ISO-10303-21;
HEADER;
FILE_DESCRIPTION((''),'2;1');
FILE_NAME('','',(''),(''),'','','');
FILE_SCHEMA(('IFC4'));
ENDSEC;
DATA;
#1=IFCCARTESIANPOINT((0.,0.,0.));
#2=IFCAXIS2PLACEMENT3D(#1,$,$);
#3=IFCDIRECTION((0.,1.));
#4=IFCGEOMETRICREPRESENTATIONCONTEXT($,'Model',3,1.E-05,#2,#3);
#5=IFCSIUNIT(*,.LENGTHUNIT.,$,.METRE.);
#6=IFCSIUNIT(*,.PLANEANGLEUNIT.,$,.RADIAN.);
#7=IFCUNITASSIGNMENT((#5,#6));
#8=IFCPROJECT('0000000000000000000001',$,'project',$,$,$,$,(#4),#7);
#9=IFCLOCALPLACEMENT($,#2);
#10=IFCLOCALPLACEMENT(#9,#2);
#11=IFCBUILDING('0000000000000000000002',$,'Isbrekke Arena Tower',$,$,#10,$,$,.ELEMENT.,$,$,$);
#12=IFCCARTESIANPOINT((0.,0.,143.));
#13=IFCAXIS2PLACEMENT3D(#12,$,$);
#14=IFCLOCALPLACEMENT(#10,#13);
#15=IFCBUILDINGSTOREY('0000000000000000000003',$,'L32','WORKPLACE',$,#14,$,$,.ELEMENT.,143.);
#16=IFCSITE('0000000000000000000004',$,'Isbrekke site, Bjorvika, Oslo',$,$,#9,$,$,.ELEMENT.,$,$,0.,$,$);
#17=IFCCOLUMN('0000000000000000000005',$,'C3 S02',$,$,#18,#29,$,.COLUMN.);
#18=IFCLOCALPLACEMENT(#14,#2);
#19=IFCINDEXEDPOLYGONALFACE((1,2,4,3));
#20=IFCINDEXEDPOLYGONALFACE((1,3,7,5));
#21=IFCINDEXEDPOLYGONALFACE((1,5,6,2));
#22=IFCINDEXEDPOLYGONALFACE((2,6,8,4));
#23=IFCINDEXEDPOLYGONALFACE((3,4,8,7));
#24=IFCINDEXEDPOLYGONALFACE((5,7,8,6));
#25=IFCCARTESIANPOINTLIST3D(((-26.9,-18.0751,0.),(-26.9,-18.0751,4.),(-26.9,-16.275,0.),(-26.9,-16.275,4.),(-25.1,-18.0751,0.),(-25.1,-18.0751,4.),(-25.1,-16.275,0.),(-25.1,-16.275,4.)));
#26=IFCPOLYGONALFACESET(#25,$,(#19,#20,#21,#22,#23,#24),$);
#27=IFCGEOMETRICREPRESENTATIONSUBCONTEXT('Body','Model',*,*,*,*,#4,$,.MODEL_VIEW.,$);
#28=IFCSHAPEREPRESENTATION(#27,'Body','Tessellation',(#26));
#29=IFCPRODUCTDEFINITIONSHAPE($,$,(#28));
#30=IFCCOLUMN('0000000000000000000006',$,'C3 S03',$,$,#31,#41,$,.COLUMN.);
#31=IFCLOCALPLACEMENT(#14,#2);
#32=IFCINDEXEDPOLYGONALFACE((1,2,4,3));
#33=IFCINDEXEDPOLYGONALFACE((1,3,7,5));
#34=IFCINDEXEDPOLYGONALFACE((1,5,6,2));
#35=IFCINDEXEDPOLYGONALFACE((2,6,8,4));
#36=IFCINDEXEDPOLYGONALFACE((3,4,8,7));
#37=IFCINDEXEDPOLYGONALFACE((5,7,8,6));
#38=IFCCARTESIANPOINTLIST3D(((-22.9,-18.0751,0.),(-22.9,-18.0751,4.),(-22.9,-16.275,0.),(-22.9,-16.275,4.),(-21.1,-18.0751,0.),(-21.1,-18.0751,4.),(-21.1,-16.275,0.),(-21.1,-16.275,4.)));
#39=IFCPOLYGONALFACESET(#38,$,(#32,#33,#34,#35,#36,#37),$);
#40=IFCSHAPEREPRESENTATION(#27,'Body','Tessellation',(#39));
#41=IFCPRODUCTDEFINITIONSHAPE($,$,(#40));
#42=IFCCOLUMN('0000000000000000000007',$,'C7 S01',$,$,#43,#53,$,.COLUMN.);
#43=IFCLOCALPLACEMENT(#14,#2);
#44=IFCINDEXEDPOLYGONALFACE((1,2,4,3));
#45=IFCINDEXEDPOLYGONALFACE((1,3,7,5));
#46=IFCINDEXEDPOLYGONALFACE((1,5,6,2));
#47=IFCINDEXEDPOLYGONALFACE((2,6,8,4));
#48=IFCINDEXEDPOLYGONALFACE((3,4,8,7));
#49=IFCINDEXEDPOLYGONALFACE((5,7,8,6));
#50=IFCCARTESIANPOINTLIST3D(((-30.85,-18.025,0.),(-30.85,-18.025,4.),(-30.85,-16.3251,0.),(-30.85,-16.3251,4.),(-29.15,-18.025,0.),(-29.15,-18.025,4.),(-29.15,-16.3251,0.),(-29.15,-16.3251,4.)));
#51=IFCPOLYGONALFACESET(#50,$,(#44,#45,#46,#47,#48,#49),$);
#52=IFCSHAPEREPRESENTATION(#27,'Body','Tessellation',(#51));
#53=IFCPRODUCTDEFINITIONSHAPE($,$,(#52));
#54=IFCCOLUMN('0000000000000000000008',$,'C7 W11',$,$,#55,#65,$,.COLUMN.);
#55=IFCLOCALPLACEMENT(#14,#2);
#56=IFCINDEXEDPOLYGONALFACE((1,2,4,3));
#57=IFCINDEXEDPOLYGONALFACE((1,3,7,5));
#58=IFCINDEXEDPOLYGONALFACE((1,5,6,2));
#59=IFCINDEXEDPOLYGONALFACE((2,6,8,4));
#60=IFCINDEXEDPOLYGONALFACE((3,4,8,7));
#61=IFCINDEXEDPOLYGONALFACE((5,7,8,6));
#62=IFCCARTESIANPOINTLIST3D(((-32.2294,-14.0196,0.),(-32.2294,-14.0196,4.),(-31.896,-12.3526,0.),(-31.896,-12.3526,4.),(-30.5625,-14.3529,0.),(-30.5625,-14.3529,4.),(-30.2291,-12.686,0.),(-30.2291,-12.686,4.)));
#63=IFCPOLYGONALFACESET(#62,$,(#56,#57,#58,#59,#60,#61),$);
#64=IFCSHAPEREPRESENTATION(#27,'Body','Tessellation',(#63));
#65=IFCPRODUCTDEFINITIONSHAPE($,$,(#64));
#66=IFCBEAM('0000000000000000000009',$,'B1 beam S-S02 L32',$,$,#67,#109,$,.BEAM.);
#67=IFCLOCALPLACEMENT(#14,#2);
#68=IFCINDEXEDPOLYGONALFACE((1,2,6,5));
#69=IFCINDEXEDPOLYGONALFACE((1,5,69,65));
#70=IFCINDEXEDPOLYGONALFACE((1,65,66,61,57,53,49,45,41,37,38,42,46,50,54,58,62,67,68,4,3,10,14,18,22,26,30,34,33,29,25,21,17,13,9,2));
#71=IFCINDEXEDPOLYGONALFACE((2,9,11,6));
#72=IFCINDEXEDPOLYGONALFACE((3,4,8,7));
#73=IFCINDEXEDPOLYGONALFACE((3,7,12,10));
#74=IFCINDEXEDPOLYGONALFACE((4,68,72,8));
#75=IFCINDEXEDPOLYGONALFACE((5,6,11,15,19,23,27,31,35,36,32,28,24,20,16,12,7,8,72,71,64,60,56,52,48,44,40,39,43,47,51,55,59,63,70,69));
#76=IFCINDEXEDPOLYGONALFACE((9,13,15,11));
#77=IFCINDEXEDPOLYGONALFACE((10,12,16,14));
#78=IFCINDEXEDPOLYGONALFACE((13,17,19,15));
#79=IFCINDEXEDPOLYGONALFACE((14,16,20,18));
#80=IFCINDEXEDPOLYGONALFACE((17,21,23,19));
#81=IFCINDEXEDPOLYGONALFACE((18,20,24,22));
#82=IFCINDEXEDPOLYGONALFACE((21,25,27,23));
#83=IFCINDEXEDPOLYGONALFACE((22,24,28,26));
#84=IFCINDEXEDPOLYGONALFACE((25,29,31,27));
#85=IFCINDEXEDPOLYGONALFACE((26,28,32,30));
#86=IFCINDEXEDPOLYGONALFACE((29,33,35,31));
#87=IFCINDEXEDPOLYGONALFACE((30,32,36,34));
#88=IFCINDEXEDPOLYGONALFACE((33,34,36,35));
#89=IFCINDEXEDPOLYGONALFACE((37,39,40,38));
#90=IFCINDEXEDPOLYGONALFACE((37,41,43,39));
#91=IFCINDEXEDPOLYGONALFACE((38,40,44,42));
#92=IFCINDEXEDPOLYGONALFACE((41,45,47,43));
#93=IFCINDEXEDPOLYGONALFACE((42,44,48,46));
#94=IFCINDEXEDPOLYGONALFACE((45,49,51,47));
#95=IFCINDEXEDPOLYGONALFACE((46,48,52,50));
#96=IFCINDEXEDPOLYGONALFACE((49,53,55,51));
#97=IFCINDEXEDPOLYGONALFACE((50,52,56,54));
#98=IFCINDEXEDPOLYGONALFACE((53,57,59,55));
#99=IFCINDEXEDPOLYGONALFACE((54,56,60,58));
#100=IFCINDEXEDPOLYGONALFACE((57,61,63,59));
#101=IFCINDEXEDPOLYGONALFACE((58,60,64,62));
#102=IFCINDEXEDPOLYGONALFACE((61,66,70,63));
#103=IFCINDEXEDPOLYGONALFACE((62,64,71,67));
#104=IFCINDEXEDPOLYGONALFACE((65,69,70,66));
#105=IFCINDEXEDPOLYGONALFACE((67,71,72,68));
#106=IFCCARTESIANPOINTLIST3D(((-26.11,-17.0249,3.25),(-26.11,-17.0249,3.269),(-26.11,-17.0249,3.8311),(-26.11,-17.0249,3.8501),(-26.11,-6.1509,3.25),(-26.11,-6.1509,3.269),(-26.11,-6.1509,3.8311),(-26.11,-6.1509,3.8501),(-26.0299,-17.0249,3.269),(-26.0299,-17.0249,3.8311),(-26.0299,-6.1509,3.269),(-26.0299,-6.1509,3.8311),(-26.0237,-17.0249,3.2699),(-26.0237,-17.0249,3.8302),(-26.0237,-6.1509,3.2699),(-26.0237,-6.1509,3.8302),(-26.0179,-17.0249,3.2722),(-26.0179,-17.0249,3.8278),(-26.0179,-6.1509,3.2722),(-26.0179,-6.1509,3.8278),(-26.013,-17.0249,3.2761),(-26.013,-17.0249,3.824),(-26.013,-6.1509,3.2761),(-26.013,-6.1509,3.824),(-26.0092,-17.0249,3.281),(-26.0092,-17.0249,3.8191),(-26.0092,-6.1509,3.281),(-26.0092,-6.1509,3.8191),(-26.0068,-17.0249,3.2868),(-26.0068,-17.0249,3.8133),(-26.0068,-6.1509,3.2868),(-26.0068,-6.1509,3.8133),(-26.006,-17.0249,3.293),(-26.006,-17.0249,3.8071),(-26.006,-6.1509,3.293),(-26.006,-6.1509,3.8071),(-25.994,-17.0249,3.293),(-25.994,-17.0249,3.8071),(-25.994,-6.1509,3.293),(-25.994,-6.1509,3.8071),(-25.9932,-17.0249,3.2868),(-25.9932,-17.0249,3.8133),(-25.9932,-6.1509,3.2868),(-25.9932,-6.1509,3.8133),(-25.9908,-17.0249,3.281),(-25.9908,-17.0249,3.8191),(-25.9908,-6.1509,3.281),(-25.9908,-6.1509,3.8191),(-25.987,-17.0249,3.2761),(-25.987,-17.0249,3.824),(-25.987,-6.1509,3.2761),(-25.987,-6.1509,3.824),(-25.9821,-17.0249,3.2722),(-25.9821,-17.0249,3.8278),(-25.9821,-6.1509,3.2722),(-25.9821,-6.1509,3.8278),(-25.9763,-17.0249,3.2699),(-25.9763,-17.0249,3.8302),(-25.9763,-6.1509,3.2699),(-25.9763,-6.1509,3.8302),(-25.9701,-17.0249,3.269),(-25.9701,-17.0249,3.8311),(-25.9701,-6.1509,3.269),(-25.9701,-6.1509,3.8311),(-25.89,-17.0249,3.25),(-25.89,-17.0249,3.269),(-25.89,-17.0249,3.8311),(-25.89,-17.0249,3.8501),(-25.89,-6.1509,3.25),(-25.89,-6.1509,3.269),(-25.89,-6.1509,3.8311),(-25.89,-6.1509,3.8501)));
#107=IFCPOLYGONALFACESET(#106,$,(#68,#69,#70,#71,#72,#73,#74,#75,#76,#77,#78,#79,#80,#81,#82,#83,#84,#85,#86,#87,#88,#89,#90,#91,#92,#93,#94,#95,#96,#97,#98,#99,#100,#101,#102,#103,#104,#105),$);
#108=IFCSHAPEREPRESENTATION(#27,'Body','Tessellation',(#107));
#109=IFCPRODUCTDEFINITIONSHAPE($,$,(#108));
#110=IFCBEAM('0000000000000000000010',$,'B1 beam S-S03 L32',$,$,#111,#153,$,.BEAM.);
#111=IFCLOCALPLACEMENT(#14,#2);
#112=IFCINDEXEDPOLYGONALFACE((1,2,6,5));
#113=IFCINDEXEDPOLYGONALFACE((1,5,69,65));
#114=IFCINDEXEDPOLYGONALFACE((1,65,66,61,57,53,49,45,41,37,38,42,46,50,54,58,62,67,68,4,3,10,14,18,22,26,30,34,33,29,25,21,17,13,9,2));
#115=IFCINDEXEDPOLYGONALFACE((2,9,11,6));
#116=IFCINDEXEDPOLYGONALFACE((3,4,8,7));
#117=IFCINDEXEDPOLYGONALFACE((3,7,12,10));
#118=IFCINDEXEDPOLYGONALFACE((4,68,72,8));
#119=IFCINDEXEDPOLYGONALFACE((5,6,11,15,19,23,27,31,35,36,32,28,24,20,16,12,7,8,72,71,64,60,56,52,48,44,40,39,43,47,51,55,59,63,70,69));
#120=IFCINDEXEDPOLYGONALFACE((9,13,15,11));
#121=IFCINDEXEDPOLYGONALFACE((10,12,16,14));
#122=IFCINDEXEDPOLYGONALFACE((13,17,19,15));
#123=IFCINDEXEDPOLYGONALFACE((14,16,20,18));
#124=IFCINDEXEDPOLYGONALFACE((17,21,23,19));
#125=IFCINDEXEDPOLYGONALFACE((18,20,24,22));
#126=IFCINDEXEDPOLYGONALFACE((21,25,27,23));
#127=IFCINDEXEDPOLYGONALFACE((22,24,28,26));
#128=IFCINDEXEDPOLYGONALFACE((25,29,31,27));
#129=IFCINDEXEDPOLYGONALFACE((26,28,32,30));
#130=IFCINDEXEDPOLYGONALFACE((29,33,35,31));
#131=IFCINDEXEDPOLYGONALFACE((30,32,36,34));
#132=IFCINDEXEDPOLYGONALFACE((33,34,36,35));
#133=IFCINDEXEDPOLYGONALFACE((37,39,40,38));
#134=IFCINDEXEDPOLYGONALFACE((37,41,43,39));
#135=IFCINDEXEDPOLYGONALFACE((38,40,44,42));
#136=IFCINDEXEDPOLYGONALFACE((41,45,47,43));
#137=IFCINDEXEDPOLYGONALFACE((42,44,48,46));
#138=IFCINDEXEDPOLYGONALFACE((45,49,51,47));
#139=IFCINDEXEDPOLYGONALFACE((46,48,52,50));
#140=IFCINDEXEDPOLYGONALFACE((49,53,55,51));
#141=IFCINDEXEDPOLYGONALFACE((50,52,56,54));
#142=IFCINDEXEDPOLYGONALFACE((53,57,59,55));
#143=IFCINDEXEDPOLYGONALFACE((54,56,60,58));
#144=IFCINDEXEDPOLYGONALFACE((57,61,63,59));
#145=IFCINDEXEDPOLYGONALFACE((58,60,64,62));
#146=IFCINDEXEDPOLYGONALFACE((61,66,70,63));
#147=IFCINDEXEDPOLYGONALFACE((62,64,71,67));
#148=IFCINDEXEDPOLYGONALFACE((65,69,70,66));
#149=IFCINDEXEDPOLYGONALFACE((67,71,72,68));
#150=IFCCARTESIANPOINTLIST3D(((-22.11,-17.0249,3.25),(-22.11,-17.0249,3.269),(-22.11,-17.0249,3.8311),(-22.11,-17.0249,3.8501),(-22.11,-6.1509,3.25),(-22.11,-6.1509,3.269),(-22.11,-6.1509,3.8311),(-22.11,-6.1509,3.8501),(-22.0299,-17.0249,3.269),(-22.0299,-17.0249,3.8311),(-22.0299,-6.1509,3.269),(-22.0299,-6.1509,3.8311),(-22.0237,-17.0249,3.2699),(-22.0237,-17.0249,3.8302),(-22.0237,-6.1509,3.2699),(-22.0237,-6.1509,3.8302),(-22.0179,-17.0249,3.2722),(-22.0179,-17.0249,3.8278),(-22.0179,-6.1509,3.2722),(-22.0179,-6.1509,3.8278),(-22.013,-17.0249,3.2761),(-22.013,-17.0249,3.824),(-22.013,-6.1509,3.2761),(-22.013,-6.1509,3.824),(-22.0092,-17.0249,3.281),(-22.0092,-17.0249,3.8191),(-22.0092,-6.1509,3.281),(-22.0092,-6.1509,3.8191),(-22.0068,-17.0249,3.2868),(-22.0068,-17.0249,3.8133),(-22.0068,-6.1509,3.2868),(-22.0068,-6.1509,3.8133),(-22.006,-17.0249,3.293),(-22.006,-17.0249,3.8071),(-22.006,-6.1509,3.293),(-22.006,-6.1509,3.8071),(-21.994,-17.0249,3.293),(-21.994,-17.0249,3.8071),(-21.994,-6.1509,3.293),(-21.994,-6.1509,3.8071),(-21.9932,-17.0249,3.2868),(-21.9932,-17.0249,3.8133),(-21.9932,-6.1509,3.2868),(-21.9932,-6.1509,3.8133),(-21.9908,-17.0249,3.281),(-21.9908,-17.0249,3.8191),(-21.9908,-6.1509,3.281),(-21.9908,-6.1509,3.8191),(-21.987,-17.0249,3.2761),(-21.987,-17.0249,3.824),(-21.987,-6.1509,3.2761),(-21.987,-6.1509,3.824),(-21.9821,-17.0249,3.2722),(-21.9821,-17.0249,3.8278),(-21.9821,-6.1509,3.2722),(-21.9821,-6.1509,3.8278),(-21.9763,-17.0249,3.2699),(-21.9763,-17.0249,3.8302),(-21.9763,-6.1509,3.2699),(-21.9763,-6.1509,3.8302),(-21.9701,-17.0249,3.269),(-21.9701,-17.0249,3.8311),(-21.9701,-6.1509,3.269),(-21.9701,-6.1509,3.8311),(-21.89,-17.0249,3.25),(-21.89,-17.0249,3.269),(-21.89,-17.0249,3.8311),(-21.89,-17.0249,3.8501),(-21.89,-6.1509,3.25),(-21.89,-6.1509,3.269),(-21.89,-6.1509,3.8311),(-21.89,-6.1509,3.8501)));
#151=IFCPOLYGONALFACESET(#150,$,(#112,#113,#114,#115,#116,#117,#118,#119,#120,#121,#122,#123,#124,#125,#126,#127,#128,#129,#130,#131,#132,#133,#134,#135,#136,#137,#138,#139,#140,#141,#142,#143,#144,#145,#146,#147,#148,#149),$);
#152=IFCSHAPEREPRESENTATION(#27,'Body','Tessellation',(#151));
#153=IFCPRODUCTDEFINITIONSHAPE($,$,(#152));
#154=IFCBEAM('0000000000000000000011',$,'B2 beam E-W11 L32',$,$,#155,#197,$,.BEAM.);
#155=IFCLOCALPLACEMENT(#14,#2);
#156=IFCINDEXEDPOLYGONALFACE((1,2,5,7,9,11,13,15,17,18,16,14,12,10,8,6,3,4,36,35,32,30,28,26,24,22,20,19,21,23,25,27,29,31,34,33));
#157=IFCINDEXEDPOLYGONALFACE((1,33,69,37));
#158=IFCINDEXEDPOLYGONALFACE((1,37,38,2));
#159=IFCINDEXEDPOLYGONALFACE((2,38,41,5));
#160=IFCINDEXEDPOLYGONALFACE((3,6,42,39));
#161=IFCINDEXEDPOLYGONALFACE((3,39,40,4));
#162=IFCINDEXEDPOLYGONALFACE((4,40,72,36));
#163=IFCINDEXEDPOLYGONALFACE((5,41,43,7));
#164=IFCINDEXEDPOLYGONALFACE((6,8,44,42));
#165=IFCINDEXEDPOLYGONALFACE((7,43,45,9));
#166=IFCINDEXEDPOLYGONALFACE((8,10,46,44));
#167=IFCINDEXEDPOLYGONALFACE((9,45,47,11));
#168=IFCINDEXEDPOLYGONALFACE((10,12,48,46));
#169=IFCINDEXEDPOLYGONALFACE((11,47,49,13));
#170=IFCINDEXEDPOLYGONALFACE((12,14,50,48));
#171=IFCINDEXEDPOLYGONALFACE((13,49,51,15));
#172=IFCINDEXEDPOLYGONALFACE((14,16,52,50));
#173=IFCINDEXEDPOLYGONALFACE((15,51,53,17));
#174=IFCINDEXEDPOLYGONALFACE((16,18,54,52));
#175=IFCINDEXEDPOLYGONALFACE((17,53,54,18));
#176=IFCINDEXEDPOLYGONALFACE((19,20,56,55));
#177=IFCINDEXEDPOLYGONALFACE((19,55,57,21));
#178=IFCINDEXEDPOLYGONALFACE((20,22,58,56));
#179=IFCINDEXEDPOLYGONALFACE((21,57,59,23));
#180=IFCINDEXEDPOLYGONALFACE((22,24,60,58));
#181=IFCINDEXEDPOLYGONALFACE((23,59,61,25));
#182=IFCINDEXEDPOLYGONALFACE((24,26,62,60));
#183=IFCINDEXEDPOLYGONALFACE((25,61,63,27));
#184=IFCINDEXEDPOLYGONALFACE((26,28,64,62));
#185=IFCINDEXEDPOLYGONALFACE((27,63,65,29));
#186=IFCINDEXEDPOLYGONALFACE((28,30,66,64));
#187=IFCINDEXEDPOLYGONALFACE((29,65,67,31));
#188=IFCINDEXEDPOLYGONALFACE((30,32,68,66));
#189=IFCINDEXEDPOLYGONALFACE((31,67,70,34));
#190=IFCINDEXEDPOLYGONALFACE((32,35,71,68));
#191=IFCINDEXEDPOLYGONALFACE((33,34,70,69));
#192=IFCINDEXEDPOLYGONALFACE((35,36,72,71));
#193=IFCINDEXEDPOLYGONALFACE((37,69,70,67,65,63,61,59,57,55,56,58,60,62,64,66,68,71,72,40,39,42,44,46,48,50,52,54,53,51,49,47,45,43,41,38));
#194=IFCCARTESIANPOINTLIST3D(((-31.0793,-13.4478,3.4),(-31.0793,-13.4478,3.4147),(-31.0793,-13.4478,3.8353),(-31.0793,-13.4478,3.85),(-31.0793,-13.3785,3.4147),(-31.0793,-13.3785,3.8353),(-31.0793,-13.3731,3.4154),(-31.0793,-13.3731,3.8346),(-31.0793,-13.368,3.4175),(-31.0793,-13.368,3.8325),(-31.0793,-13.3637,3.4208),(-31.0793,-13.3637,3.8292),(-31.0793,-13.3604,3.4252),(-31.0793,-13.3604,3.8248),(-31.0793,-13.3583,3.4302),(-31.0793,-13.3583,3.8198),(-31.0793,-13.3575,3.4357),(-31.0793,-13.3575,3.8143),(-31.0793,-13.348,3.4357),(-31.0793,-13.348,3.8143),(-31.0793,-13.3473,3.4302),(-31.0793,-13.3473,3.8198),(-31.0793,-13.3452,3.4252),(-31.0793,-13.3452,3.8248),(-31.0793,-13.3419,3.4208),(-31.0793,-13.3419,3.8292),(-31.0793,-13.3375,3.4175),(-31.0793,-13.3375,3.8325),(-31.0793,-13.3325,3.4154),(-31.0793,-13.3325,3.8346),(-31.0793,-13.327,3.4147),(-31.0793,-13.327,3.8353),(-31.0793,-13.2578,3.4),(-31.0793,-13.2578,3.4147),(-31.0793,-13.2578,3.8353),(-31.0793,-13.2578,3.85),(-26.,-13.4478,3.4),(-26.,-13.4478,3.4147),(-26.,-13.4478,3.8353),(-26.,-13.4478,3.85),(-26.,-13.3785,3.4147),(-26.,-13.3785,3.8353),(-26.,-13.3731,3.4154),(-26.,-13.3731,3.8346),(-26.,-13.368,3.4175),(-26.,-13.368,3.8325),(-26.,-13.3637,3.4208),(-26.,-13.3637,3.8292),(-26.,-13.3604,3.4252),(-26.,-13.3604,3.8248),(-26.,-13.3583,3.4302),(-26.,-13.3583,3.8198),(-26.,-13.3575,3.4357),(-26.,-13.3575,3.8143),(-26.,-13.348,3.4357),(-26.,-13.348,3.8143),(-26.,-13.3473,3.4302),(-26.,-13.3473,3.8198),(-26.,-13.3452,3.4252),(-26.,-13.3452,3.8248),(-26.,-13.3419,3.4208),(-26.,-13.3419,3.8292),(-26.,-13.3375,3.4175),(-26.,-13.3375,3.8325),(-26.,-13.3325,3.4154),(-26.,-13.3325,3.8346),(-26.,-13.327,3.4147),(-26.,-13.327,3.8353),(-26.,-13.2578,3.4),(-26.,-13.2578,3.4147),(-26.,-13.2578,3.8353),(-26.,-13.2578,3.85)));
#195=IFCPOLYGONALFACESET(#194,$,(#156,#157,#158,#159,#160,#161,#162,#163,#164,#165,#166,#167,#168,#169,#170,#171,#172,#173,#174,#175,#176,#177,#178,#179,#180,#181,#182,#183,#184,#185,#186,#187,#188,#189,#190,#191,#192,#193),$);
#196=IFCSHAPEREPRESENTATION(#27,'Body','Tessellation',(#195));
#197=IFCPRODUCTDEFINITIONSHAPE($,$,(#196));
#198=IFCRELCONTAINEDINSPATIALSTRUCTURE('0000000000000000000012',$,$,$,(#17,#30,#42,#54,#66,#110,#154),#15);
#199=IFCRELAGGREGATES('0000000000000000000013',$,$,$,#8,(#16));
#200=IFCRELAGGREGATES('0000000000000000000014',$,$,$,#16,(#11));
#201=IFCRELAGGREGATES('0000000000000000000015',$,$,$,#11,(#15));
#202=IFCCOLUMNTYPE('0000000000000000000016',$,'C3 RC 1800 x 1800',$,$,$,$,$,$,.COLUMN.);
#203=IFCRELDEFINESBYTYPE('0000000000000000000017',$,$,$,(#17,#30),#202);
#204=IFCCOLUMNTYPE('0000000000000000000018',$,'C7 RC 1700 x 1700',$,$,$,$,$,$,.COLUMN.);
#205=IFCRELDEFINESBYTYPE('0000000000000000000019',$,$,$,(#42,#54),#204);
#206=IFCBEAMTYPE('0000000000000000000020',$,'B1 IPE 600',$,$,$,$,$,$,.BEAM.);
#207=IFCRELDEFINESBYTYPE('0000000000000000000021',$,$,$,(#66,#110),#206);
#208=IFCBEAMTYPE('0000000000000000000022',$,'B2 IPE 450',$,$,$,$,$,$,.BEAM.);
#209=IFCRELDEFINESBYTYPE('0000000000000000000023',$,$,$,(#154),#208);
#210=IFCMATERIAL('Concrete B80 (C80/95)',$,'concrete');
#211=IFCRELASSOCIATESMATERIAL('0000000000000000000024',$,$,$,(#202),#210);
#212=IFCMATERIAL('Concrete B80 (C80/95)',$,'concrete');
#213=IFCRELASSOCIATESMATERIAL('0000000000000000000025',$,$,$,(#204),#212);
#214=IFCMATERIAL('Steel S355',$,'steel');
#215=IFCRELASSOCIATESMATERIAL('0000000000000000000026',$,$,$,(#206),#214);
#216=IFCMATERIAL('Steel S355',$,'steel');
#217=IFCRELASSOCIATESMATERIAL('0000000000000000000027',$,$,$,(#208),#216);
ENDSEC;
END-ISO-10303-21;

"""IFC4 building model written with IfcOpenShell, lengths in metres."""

from ifc_helpers import new_model, si_unit, direction, frame, origin, origin_2d, place, context, subcontext, project, spatial, rectangle, i_section, extrude, material, material_profile, profile_set, type_object, element, save


model = new_model("IFC4")

# Units and contexts
model_context = context("Model", 3, precision=1e-05, world=origin(), true_north=direction((0.0, 1.0)))
body_context = subcontext(model_context, "Body", "Model", "MODEL_VIEW")
ifc_project = project(units=[si_unit("LENGTHUNIT", "METRE"), si_unit("PLANEANGLEUNIT", "RADIAN")], contexts=[model_context])

# Site, building, storey
site_placement = place(None, origin())
site = spatial("IfcSite", under=ifc_project, at=site_placement, Name="Isbrekke site, Bjorvika, Oslo", CompositionType="ELEMENT", RefElevation=0.0)
building_placement = place(site_placement, origin())
building = spatial("IfcBuilding", under=site, at=building_placement, Name="Isbrekke Arena Tower", CompositionType="ELEMENT")
storey_placement = place(building_placement, frame((0.0, 0.0, 143.0)))
storey = spatial("IfcBuildingStorey", under=building, at=storey_placement, Name="L32", Description="WORKPLACE", CompositionType="ELEMENT", Elevation=143.0)

# Columns
ifc_material_1 = material(Name="Concrete B80 (C80/95)", Category="concrete")
ifc_material_profile_1 = material_profile(ifc_material_1, rectangle(XDim=1.8, YDim=1.8, at=origin_2d()), Name="RC 1800x1800")
ifc_profile_set_1 = profile_set([ifc_material_profile_1], Name="Concrete B80 (C80/95)")
column_type_1 = type_object("IfcColumnType", Name="C3 RC 1800 x 1800", PredefinedType="COLUMN", material=ifc_profile_set_1)
for number, where, z_axis, x_axis, name in (
    (1, (-26.0, -17.175, 0.0), (0.0, 0.0, 1.0), (1.0, 0.0, 0.0), "C3 S02"),
    (2, (-22.0, -17.175, 0.0), (0.0, 0.0, 1.0), (1.0, 0.0, 0.0), "C3 S03"),
):
    element("IfcColumn", number, at=place(storey_placement, frame(where, z_axis=z_axis, x_axis=x_axis)), inside=storey, type_object=column_type_1, Name=name, PredefinedType="COLUMN", context=body_context, shape_type="SweptSolid", body=[
        extrude(rectangle(XDim=1.8, YDim=1.8, at=origin_2d()), origin(), (0.0, 0.0, 1.0), 4.0),
    ])
ifc_material_2 = material(Name="Concrete B80 (C80/95)", Category="concrete")
ifc_material_profile_2 = material_profile(ifc_material_2, rectangle(XDim=1.7, YDim=1.7, at=origin_2d()), Name="RC 1700x1700")
ifc_profile_set_2 = profile_set([ifc_material_profile_2], Name="Concrete B80 (C80/95)")
column_type_2 = type_object("IfcColumnType", Name="C7 RC 1700 x 1700", PredefinedType="COLUMN", material=ifc_profile_set_2)
for number, where, z_axis, x_axis, name in (
    (3, (-30.0, -17.175, 0.0), (0.0, 0.0, 1.0), (1.0, 0.0, 0.0), "C7 S01"),
    (4, (-31.2292, -13.3528, 0.0), (0.0, 0.0, 1.0), (-0.196116, -0.980581, 0.0), "C7 W11"),
):
    element("IfcColumn", number, at=place(storey_placement, frame(where, z_axis=z_axis, x_axis=x_axis)), inside=storey, type_object=column_type_2, Name=name, PredefinedType="COLUMN", context=body_context, shape_type="SweptSolid", body=[
        extrude(rectangle(XDim=1.7, YDim=1.7, at=origin_2d()), origin(), (0.0, 0.0, 1.0), 4.0),
    ])

# Beams
ifc_material_3 = material(Name="Steel S355", Category="steel")
ifc_material_profile_3 = material_profile(ifc_material_3, i_section(OverallWidth=0.22, OverallDepth=0.6001, WebThickness=0.012, FlangeThickness=0.019, FilletRadius=0.0239, at=origin_2d()), Name="IPE 600")
ifc_profile_set_3 = profile_set([ifc_material_profile_3], Name="Steel S355")
beam_type_1 = type_object("IfcBeamType", Name="B1 IPE 600", PredefinedType="BEAM", material=ifc_profile_set_3)
for number, where, z_axis, x_axis, name in (
    (5, (-26.0, -17.0249, 3.55), (0.0, 1.0, 0.0), (-1.0, 0.0, 0.0), "B1 beam S-S02 L32"),
    (6, (-22.0, -17.0249, 3.55), (0.0, 1.0, 0.0), (-1.0, 0.0, 0.0), "B1 beam S-S03 L32"),
):
    element("IfcBeam", number, at=place(storey_placement, frame(where, z_axis=z_axis, x_axis=x_axis)), inside=storey, type_object=beam_type_1, Name=name, PredefinedType="BEAM", context=body_context, shape_type="SweptSolid", body=[
        extrude(i_section(OverallWidth=0.22, OverallDepth=0.6001, WebThickness=0.012, FlangeThickness=0.019, FilletRadius=0.0239, at=origin_2d()), origin(), (0.0, 0.0, 1.0), 10.874),
    ])
ifc_material_4 = material(Name="Steel S355", Category="steel")
ifc_material_profile_4 = material_profile(ifc_material_4, i_section(OverallWidth=0.1899, OverallDepth=0.45, WebThickness=0.0095, FlangeThickness=0.0146, FilletRadius=0.021, at=origin_2d()), Name="IPE 450")
ifc_profile_set_4 = profile_set([ifc_material_profile_4], Name="Steel S355")
beam_type_2 = type_object("IfcBeamType", Name="B2 IPE 450", PredefinedType="BEAM", material=ifc_profile_set_4)
beam_1_placement = place(storey_placement, frame((-31.0793, -13.3528, 3.625), z_axis=(1.0, 0.0, 0.0), x_axis=(0.0, 1.0, 0.0)))
element("IfcBeam", 7, at=beam_1_placement, inside=storey, type_object=beam_type_2, Name="B2 beam E-W11 L32", PredefinedType="BEAM", context=body_context, shape_type="SweptSolid", body=[
    extrude(i_section(OverallWidth=0.1899, OverallDepth=0.45, WebThickness=0.0095, FlangeThickness=0.0146, FilletRadius=0.021, at=origin_2d()), origin(), (0.0, 0.0, 1.0), 5.0793),
])

save(model, "model.ifc")
